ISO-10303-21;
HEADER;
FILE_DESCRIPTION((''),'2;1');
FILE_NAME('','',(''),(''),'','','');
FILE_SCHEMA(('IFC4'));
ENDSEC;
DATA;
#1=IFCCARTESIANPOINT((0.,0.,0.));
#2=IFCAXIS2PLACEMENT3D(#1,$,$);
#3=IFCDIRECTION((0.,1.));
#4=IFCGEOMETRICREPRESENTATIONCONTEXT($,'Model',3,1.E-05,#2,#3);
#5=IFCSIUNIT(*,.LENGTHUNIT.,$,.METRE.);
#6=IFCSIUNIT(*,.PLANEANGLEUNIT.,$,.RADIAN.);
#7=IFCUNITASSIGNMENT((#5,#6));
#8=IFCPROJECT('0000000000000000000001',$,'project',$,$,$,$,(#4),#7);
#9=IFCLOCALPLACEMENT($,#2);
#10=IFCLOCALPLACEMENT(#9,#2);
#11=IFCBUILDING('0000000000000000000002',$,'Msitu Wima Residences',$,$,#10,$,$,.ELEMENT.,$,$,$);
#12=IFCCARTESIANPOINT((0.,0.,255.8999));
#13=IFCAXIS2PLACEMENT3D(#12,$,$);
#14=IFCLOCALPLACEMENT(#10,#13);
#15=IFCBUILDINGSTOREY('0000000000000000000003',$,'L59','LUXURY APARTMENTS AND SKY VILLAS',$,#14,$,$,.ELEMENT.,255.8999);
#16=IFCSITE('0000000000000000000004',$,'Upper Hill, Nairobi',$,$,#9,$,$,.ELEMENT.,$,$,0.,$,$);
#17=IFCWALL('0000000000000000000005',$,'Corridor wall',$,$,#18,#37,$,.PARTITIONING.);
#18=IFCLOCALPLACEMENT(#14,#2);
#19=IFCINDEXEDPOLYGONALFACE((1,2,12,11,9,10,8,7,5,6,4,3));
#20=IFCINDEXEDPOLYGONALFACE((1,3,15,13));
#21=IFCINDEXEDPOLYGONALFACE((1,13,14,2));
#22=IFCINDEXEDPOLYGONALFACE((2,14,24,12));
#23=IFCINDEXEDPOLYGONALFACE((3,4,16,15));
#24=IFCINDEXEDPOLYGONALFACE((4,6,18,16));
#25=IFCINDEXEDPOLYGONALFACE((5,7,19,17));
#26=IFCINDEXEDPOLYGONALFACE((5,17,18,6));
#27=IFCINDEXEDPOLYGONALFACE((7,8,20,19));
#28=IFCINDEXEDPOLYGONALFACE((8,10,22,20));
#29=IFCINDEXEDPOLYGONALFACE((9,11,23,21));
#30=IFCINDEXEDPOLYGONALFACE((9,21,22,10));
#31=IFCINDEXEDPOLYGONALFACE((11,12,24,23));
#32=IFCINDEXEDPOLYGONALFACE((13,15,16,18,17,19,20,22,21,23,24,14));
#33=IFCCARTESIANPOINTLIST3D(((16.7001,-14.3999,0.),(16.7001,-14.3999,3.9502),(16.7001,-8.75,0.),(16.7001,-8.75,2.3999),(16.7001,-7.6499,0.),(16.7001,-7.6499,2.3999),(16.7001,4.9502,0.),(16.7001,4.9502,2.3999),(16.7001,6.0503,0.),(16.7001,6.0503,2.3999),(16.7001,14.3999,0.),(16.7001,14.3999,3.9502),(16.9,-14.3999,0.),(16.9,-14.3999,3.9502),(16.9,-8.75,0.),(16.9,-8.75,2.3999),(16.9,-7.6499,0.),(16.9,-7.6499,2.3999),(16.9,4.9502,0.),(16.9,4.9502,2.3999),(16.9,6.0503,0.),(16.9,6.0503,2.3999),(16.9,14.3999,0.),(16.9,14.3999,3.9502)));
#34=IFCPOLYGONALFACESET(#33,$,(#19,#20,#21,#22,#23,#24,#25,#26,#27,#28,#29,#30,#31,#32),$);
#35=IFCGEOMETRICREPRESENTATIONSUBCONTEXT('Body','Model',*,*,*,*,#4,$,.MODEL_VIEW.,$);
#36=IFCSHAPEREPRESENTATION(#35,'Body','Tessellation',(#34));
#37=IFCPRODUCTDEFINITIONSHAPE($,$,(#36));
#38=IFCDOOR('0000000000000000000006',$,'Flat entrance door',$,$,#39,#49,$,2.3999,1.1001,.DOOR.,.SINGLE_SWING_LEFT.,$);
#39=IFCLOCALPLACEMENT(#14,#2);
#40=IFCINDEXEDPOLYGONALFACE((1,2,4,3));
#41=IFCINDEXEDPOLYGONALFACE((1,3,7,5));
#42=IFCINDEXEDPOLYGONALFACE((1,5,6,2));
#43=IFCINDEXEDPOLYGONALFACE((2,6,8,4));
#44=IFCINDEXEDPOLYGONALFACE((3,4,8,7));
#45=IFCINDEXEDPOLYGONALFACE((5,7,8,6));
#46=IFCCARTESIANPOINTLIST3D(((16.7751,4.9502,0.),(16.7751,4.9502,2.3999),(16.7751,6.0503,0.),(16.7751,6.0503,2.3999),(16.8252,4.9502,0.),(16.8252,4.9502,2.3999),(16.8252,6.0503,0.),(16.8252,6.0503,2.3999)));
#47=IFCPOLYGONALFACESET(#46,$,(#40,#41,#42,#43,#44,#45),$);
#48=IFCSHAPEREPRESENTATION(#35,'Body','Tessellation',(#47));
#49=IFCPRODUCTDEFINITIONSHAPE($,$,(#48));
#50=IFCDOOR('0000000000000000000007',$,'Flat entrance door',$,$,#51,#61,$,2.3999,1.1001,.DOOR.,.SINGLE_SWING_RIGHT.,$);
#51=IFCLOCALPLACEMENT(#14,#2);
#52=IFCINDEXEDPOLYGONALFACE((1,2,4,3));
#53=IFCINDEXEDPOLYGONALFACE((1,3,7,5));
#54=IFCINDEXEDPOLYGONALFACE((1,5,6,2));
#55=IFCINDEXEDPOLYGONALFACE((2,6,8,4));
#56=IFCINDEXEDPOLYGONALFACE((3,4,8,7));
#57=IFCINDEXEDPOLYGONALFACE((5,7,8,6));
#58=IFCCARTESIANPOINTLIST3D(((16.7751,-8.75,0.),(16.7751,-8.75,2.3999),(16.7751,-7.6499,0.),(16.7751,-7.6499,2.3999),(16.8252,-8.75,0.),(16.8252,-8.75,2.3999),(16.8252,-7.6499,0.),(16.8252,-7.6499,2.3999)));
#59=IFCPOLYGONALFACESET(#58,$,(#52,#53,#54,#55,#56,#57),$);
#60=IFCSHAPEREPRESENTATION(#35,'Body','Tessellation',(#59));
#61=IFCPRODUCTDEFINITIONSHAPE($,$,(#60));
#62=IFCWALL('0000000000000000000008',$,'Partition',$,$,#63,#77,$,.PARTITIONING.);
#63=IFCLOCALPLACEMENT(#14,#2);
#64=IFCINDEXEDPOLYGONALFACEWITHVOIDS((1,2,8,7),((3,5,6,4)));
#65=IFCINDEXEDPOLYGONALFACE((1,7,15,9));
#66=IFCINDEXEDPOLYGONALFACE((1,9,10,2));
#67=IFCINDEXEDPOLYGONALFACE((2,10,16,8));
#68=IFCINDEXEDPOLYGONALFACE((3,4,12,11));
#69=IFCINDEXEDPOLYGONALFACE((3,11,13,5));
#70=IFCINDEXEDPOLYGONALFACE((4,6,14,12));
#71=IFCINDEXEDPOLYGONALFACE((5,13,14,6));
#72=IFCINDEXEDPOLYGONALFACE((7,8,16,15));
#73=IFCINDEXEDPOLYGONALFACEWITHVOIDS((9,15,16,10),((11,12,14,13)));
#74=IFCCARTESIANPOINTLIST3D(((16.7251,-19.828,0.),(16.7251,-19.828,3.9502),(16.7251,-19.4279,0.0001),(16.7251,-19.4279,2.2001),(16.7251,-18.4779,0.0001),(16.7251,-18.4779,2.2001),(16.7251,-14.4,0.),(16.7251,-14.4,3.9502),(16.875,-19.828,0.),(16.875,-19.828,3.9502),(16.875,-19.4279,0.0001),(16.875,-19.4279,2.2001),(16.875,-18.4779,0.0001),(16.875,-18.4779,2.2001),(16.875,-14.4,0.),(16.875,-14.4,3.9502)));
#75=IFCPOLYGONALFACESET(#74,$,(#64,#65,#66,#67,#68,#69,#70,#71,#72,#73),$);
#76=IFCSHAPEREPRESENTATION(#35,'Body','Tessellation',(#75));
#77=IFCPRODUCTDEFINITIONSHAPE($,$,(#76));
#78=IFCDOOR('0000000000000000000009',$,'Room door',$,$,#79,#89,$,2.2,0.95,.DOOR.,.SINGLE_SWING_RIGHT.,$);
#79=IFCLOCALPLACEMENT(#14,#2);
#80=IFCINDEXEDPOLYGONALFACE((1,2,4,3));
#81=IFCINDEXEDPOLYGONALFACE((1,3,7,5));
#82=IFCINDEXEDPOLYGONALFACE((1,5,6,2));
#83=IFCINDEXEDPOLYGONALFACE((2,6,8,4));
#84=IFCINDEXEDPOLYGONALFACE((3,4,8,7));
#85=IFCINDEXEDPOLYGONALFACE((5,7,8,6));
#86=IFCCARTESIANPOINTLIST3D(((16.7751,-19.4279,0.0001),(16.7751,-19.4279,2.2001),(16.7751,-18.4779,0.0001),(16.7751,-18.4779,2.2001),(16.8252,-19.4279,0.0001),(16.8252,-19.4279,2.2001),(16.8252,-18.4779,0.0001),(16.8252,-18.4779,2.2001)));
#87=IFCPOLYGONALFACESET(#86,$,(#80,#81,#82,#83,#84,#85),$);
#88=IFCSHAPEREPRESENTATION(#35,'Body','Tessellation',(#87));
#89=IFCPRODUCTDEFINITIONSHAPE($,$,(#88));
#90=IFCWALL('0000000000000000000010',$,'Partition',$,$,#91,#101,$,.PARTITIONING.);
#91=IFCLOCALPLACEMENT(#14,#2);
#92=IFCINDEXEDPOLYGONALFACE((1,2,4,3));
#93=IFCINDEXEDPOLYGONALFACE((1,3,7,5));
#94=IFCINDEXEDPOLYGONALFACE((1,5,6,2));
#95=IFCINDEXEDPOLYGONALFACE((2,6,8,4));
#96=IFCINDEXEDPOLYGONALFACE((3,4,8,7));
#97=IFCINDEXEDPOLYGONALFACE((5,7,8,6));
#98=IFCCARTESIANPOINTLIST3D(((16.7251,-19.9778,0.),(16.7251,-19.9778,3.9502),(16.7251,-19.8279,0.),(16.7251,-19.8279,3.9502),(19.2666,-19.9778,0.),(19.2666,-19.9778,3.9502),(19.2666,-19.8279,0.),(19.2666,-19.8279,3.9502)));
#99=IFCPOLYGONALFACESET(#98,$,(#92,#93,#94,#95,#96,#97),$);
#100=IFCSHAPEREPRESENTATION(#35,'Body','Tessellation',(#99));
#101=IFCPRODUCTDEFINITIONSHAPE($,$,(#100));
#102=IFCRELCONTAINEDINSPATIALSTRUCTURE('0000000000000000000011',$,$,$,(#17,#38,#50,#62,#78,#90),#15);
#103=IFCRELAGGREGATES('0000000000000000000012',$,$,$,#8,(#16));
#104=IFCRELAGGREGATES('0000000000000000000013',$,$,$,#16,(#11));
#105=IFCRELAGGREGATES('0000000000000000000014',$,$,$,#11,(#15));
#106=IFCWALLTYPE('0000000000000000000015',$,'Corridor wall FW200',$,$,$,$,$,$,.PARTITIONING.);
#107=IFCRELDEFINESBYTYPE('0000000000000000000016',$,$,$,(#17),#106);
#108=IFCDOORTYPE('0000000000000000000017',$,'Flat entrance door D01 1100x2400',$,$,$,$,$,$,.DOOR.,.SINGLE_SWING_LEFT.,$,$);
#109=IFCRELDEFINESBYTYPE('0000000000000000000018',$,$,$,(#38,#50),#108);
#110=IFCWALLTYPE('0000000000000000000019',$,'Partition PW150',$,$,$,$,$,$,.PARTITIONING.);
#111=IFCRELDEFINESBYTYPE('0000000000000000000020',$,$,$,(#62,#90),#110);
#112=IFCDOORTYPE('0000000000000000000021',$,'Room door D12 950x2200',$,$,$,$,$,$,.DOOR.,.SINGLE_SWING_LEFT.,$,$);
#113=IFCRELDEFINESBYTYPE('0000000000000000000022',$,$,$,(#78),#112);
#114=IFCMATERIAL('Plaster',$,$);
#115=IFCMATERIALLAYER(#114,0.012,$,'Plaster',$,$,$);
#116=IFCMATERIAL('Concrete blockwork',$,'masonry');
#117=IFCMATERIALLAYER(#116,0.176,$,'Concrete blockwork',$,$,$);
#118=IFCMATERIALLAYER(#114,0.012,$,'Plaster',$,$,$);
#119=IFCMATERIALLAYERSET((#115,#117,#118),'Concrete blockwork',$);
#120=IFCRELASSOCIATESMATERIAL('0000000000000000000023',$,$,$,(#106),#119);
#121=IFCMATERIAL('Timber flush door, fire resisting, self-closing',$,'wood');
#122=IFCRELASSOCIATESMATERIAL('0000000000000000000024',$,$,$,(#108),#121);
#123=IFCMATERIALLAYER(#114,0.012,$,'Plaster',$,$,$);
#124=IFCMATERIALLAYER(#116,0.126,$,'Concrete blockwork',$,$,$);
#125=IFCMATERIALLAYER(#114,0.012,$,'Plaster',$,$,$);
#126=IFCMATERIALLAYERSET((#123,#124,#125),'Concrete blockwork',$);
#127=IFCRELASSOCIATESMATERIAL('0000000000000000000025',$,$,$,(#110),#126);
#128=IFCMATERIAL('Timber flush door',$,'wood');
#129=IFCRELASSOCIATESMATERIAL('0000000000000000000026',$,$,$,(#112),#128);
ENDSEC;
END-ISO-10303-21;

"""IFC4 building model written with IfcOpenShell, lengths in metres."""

from ifc_helpers import new_model, si_unit, direction, frame, frame_2d, origin, place, context, subcontext, project, spatial, rectangle, extrude, material, layer, layer_set, type_object, element, fill, save


model = new_model("IFC4")

# Units and contexts
model_context = context("Model", 3, precision=1e-05, world=origin(), true_north=direction((0.0, 1.0)))
body_context = subcontext(model_context, "Body", "Model", "MODEL_VIEW")
ifc_project = project(units=[si_unit("LENGTHUNIT", "METRE"), si_unit("PLANEANGLEUNIT", "RADIAN")], contexts=[model_context])

# Site, building, storey
site_placement = place(None, origin())
site = spatial("IfcSite", under=ifc_project, at=site_placement, Name="Upper Hill, Nairobi", CompositionType="ELEMENT", RefElevation=0.0)
building_placement = place(site_placement, origin())
building = spatial("IfcBuilding", under=site, at=building_placement, Name="Msitu Wima Residences", CompositionType="ELEMENT")
storey_placement = place(building_placement, frame((0.0, 0.0, 255.8999)))
storey = spatial("IfcBuildingStorey", under=building, at=storey_placement, Name="L59", Description="LUXURY APARTMENTS AND SKY VILLAS", CompositionType="ELEMENT", Elevation=255.8999)

# Shared definitions
ifc_material_1 = material(Name="Plaster")
ifc_layer_1 = layer(ifc_material_1, 0.012, Name="Plaster")
ifc_material_2 = material(Name="Concrete blockwork", Category="masonry")
ifc_layer_2 = layer(ifc_material_2, 0.176, Name="Concrete blockwork")
ifc_layer_3 = layer(ifc_material_1, 0.012, Name="Plaster")
ifc_layer_set_1 = layer_set([ifc_layer_1, ifc_layer_2, ifc_layer_3], Name="Concrete blockwork")
wall_type_1 = type_object("IfcWallType", Name="Corridor wall FW200", PredefinedType="PARTITIONING", material=ifc_layer_set_1)

# Wall, openings, doors
wall_1_placement = place(storey_placement, frame((16.8, -14.3999, 0.0), z_axis=(0.0, 0.0, 1.0), x_axis=(0.0, 1.0, 0.0)))
wall_1 = element("IfcWall", 1, at=wall_1_placement, inside=storey, type_object=wall_type_1, Name="Corridor wall", PredefinedType="PARTITIONING", context=body_context, shape_type="SweptSolid", body=[
    extrude(rectangle(XDim=28.7998, YDim=0.2, at=frame_2d((14.3999, 0.0))), origin(), (0.0, 0.0, 1.0), 3.9502),
])
opening_1_placement = place(wall_1_placement, frame((19.3501, 0.0, 0.0)))
opening_1 = element("IfcOpeningElement", 2, at=opening_1_placement, cuts=wall_1, PredefinedType="OPENING", context=body_context, shape_type="SweptSolid", body=[
    extrude(rectangle(XDim=1.1001, YDim=2.3999, at=frame_2d((0.55, 1.2))), frame((0.0, 0.1099, 0.0), z_axis=(0.0, -1.0, 0.0), x_axis=(1.0, 0.0, 0.0)), (0.0, 0.0, 1.0), 0.22),
])
opening_2_placement = place(wall_1_placement, frame((5.6499, 0.0, 0.0)))
opening_2 = element("IfcOpeningElement", 3, at=opening_2_placement, cuts=wall_1, PredefinedType="OPENING", context=body_context, shape_type="SweptSolid", body=[
    extrude(rectangle(XDim=1.1001, YDim=2.3999, at=frame_2d((0.55, 1.2))), frame((0.0, 0.1099, 0.0), z_axis=(0.0, -1.0, 0.0), x_axis=(1.0, 0.0, 0.0)), (0.0, 0.0, 1.0), 0.22),
])
ifc_material_3 = material(Name="Timber flush door, fire resisting, self-closing", Category="wood")
door_type_1 = type_object("IfcDoorType", Name="Flat entrance door D01 1100x2400", OperationType="SINGLE_SWING_LEFT", PredefinedType="DOOR", material=ifc_material_3)
door_1_placement = place(opening_1_placement, origin())
door_1 = element("IfcDoor", 4, at=door_1_placement, inside=storey, type_object=door_type_1, Name="Flat entrance door", OperationType="SINGLE_SWING_LEFT", OverallHeight=2.3999, OverallWidth=1.1001, PredefinedType="DOOR", context=body_context, shape_type="SweptSolid", body=[
    extrude(rectangle(XDim=1.1001, YDim=2.3999, at=frame_2d((0.55, 1.2))), frame((0.0, 0.0249, 0.0), z_axis=(0.0, -1.0, 0.0), x_axis=(1.0, 0.0, 0.0)), (0.0, 0.0, 1.0), 0.05),
])
fill(opening_1, door_1)
door_2_placement = place(opening_2_placement, origin())
door_2 = element("IfcDoor", 5, at=door_2_placement, inside=storey, type_object=door_type_1, Name="Flat entrance door", OperationType="SINGLE_SWING_RIGHT", OverallHeight=2.3999, OverallWidth=1.1001, PredefinedType="DOOR", context=body_context, shape_type="SweptSolid", body=[
    extrude(rectangle(XDim=1.1001, YDim=2.3999, at=frame_2d((0.55, 1.2))), frame((0.0, 0.0249, 0.0), z_axis=(0.0, -1.0, 0.0), x_axis=(1.0, 0.0, 0.0)), (0.0, 0.0, 1.0), 0.05),
])
fill(opening_2, door_2)

# Wall, opening, door
ifc_layer_4 = layer(ifc_material_1, 0.012, Name="Plaster")
ifc_layer_5 = layer(ifc_material_2, 0.126, Name="Concrete blockwork")
ifc_layer_6 = layer(ifc_material_1, 0.012, Name="Plaster")
ifc_layer_set_2 = layer_set([ifc_layer_4, ifc_layer_5, ifc_layer_6], Name="Concrete blockwork")
wall_type_2 = type_object("IfcWallType", Name="Partition PW150", PredefinedType="PARTITIONING", material=ifc_layer_set_2)
wall_2_placement = place(storey_placement, frame((16.8, -19.8279, 0.0), z_axis=(0.0, 0.0, 1.0), x_axis=(0.0, 1.0, 0.0)))
wall_2 = element("IfcWall", 6, at=wall_2_placement, inside=storey, type_object=wall_type_2, Name="Partition", PredefinedType="PARTITIONING", context=body_context, shape_type="SweptSolid", body=[
    extrude(rectangle(XDim=5.428, YDim=0.1499, at=frame_2d((2.7139, 0.0))), origin(), (0.0, 0.0, 1.0), 3.9502),
])
opening_3_placement = place(wall_2_placement, frame((0.3999, 0.0, 0.0)))
opening_3 = element("IfcOpeningElement", 7, at=opening_3_placement, cuts=wall_2, PredefinedType="OPENING", context=body_context, shape_type="SweptSolid", body=[
    extrude(rectangle(XDim=0.95, YDim=2.2, at=frame_2d((0.4751, 1.1001))), frame((0.0, 0.085, 0.0), z_axis=(0.0, -1.0, 0.0), x_axis=(1.0, 0.0, 0.0)), (0.0, 0.0, 1.0), 0.1699),
])
ifc_material_4 = material(Name="Timber flush door", Category="wood")
door_type_2 = type_object("IfcDoorType", Name="Room door D12 950x2200", OperationType="SINGLE_SWING_LEFT", PredefinedType="DOOR", material=ifc_material_4)
door_3_placement = place(opening_3_placement, origin())
door_3 = element("IfcDoor", 8, at=door_3_placement, inside=storey, type_object=door_type_2, Name="Room door", OperationType="SINGLE_SWING_RIGHT", OverallHeight=2.2, OverallWidth=0.95, PredefinedType="DOOR", context=body_context, shape_type="SweptSolid", body=[
    extrude(rectangle(XDim=0.95, YDim=2.2, at=frame_2d((0.4751, 1.1001))), frame((0.0, 0.0249, 0.0), z_axis=(0.0, -1.0, 0.0), x_axis=(1.0, 0.0, 0.0)), (0.0, 0.0, 1.0), 0.05),
])
fill(opening_3, door_3)

# Wall
wall_3_placement = place(storey_placement, frame((16.7251, -19.9028, 0.0), z_axis=(0.0, 0.0, 1.0), x_axis=(1.0, 0.0, 0.0)))
element("IfcWall", 9, at=wall_3_placement, inside=storey, type_object=wall_type_2, Name="Partition", PredefinedType="PARTITIONING", context=body_context, shape_type="SweptSolid", body=[
    extrude(rectangle(XDim=2.5415, YDim=0.1499, at=frame_2d((1.2708, 0.0))), origin(), (0.0, 0.0, 1.0), 3.9502),
])

save(model, "model.ifc")
